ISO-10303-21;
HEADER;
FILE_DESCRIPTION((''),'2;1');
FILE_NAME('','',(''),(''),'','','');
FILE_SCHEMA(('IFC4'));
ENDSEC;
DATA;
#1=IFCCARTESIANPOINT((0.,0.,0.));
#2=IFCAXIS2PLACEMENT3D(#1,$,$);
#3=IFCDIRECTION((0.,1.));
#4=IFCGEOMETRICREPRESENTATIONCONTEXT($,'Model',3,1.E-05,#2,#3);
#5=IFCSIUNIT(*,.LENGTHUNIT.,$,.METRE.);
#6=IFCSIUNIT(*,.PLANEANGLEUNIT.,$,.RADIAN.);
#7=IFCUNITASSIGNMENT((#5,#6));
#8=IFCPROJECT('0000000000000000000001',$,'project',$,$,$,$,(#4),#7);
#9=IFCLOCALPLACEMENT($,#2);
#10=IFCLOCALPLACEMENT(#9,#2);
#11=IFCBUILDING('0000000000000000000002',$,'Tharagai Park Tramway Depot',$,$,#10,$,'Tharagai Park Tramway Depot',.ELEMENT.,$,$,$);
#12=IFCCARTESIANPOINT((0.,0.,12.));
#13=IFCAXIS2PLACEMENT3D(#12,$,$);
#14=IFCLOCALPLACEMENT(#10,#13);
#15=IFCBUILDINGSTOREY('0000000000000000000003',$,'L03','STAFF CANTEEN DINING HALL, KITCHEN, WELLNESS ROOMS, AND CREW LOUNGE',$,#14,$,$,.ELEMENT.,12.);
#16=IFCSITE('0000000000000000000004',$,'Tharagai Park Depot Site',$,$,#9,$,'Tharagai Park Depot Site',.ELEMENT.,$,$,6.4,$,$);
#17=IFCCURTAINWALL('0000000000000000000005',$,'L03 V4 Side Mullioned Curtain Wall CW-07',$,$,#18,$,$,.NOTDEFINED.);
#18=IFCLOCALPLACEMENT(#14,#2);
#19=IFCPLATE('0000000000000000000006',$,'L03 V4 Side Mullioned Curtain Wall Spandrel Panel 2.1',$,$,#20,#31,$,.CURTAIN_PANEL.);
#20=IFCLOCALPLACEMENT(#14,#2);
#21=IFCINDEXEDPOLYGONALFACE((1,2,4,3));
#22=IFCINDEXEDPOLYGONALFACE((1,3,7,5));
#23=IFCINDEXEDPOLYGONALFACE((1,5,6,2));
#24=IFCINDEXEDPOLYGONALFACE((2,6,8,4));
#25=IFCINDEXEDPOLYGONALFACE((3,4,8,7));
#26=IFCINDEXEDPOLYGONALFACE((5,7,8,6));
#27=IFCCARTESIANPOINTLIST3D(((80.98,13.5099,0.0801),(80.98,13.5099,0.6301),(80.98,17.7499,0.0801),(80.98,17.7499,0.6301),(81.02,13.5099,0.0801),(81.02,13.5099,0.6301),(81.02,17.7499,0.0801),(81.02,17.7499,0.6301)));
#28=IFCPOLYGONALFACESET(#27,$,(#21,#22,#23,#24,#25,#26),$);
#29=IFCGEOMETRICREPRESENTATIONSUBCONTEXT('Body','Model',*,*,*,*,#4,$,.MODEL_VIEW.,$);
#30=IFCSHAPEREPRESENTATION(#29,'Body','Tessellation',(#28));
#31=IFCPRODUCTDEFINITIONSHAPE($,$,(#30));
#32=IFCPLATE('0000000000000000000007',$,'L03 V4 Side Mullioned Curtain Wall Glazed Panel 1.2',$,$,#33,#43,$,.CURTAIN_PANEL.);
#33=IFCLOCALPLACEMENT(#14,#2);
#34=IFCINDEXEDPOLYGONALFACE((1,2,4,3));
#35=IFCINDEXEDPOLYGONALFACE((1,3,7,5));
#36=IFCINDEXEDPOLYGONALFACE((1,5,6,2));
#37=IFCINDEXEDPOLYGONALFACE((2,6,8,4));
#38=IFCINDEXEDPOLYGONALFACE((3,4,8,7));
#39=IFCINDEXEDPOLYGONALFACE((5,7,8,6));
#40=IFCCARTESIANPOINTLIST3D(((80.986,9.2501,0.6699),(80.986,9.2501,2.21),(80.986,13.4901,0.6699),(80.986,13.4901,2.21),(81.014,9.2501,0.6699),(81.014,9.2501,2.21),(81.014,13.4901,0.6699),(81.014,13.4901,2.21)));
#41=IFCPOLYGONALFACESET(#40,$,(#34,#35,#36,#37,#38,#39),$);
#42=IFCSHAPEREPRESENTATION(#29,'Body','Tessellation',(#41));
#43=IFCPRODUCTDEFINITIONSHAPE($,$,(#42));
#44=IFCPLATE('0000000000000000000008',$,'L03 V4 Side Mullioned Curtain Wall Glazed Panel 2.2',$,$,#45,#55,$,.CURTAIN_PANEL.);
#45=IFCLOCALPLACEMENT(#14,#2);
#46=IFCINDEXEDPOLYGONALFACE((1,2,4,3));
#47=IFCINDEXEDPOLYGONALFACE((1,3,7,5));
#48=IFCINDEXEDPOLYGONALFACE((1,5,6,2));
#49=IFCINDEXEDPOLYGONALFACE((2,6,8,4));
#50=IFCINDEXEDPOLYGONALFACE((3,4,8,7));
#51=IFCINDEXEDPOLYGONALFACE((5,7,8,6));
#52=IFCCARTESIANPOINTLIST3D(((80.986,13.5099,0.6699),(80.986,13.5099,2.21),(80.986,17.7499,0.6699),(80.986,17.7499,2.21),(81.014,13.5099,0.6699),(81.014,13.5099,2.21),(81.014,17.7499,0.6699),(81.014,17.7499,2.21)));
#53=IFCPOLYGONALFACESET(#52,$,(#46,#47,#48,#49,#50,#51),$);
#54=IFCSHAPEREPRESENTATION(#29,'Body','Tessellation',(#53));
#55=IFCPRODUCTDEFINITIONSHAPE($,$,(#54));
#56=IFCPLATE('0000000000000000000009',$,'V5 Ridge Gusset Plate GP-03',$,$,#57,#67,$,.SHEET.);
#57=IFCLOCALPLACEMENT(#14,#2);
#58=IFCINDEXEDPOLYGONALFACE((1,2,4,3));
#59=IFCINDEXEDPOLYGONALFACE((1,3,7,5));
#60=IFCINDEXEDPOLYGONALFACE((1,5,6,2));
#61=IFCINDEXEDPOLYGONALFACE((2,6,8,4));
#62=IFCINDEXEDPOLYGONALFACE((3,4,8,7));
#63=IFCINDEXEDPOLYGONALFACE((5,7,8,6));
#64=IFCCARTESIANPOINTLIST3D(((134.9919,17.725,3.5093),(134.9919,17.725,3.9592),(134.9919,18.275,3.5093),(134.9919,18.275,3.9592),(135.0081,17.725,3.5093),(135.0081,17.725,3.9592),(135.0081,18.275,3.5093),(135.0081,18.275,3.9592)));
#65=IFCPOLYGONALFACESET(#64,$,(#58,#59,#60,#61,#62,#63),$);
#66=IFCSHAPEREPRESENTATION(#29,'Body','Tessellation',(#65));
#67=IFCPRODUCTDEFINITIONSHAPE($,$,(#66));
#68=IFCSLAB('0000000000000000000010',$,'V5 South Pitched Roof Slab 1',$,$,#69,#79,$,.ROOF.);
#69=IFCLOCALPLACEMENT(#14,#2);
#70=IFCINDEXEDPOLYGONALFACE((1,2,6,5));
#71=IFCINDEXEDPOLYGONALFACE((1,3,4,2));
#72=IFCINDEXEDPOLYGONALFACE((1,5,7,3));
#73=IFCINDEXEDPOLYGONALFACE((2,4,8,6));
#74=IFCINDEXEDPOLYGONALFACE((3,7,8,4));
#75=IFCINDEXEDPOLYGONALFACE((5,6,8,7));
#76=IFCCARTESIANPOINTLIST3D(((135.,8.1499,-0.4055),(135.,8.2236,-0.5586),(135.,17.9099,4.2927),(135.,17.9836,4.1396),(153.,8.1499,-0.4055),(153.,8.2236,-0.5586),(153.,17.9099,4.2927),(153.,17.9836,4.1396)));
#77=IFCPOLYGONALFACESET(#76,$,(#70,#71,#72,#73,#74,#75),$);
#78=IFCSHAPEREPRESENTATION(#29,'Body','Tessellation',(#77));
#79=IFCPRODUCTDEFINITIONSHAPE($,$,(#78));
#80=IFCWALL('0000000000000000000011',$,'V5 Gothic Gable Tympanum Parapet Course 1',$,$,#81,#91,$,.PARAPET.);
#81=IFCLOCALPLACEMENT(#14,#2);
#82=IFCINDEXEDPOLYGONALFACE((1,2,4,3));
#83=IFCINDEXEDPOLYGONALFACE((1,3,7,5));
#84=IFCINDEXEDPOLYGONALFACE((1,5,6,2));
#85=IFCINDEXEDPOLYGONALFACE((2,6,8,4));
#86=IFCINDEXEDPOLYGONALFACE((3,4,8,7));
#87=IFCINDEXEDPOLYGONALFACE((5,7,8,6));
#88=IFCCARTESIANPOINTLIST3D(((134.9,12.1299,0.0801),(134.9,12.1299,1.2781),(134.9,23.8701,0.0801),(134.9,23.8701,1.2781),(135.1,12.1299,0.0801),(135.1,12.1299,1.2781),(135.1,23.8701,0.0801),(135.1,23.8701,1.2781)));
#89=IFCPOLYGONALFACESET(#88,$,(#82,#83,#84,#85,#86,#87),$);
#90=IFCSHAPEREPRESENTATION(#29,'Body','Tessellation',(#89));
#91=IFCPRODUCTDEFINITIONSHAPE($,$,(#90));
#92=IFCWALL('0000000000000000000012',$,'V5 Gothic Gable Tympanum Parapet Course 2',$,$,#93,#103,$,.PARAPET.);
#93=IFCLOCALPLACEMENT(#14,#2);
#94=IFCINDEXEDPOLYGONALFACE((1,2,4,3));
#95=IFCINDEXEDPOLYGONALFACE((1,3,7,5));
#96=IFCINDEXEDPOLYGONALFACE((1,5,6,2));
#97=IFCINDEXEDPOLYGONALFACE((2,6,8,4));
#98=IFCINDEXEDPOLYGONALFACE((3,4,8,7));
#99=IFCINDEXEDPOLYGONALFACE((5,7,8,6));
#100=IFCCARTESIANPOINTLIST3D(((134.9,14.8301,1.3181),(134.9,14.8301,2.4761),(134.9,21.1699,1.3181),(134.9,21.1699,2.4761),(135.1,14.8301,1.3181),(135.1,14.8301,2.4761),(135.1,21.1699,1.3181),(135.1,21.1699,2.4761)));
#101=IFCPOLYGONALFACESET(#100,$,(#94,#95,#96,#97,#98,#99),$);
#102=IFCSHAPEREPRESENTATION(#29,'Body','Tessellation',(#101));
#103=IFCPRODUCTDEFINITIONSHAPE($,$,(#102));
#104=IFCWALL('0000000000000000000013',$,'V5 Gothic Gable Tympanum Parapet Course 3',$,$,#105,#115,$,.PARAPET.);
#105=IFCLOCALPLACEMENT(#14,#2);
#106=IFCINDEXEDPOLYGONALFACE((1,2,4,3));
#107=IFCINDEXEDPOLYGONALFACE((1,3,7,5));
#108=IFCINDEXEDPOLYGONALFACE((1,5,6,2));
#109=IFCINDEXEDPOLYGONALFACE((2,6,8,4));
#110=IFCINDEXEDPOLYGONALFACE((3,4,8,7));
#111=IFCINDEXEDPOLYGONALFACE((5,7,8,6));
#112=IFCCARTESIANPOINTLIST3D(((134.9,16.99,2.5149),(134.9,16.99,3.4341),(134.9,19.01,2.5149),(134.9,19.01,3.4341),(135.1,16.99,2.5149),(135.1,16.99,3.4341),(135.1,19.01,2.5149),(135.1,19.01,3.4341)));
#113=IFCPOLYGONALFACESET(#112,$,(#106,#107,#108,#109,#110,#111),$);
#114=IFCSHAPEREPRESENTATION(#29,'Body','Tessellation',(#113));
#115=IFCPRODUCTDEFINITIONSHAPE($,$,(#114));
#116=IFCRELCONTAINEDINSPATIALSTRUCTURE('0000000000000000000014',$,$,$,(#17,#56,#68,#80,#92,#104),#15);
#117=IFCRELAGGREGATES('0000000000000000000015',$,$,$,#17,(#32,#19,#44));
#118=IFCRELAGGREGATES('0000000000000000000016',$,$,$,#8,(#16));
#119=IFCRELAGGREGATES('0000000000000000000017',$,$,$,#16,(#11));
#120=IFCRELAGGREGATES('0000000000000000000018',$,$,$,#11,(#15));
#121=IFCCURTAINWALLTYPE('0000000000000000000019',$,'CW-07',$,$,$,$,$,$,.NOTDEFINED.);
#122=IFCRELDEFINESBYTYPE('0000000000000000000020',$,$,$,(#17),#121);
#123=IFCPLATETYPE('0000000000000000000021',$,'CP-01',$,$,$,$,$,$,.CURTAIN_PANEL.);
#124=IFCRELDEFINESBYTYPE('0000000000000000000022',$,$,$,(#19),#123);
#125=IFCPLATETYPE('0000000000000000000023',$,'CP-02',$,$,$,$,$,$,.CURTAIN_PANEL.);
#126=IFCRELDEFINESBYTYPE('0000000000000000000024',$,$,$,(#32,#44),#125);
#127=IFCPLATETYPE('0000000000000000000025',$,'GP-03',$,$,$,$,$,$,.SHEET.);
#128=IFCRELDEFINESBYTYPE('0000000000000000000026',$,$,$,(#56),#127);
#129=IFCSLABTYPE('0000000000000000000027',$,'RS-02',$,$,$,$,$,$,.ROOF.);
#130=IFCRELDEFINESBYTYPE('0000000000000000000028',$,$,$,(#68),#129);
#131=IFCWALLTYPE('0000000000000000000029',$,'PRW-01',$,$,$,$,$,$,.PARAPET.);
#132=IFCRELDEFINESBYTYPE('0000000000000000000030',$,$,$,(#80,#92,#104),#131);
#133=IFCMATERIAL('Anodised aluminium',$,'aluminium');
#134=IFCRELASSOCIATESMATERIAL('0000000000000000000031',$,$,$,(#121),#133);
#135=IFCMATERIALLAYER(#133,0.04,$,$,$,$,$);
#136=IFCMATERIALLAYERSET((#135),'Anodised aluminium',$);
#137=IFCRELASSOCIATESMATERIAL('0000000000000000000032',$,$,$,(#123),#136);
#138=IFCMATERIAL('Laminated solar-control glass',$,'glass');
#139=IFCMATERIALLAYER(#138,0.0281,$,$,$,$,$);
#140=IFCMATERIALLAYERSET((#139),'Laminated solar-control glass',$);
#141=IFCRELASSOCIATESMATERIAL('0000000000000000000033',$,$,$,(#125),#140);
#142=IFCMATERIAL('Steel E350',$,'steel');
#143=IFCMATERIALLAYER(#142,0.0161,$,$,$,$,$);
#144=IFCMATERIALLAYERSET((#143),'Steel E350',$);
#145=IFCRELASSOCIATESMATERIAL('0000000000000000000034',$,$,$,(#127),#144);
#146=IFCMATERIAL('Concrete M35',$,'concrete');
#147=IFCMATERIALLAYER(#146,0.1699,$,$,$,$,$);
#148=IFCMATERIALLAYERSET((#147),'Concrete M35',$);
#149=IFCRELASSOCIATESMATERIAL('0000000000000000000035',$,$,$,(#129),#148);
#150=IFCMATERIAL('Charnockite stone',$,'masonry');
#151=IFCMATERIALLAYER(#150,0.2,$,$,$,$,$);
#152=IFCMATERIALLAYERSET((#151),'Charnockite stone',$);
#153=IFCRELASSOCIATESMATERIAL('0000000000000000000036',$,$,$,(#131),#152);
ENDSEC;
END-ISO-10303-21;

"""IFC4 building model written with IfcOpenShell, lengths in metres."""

from ifc_helpers import new_model, si_unit, direction, frame, frame_2d, origin, origin_2d, place, context, subcontext, project, spatial, polyline, rectangle, outline, extrude, material, layer, layer_set, type_object, element, aggregate, save


model = new_model("IFC4")

# Units and contexts
model_context = context("Model", 3, precision=1e-05, world=origin(), true_north=direction((0.0, 1.0)))
body_context = subcontext(model_context, "Body", "Model", "MODEL_VIEW")
ifc_project = project(units=[si_unit("LENGTHUNIT", "METRE"), si_unit("PLANEANGLEUNIT", "RADIAN")], contexts=[model_context])

# Site, building, storey
site_placement = place(None, origin())
site = spatial("IfcSite", under=ifc_project, at=site_placement, Name="Tharagai Park Depot Site", LongName="Tharagai Park Depot Site", CompositionType="ELEMENT", RefElevation=6.4)
building_placement = place(site_placement, origin())
building = spatial("IfcBuilding", under=site, at=building_placement, Name="Tharagai Park Tramway Depot", LongName="Tharagai Park Tramway Depot", CompositionType="ELEMENT")
storey_placement = place(building_placement, frame((0.0, 0.0, 12.0)))
storey = spatial("IfcBuildingStorey", under=building, at=storey_placement, Name="L03", Description="STAFF CANTEEN DINING HALL, KITCHEN, WELLNESS ROOMS, AND CREW LOUNGE", CompositionType="ELEMENT", Elevation=12.0)

# Shared definitions
ifc_material_1 = material(Name="Concrete M35", Category="concrete")
ifc_material_2 = material(Name="Steel E350", Category="steel")

# Curtain wall
ifc_material_3 = material(Name="Anodised aluminium", Category="aluminium")
curtain_wall_type = type_object("IfcCurtainWallType", Name="CW-07", PredefinedType="NOTDEFINED", material=ifc_material_3)
curtain_wall_placement = place(storey_placement, origin())
curtain_wall = element("IfcCurtainWall", 1, at=curtain_wall_placement, inside=storey, type_object=curtain_wall_type, Name="L03 V4 Side Mullioned Curtain Wall CW-07", PredefinedType="NOTDEFINED")

# Plates
ifc_layer_1 = layer(ifc_material_3, 0.04)
ifc_layer_set_1 = layer_set([ifc_layer_1], Name="Anodised aluminium")
plate_type_1 = type_object("IfcPlateType", Name="CP-01", PredefinedType="CURTAIN_PANEL", material=ifc_layer_set_1)
plate_1_placement = place(storey_placement, frame((81.0, 15.6299, 0.0801), z_axis=(0.0, 0.0, 1.0), x_axis=(0.0, 1.0, 0.0)))
plate_1 = element("IfcPlate", 2, at=plate_1_placement, type_object=plate_type_1, Name="L03 V4 Side Mullioned Curtain Wall Spandrel Panel 2.1", PredefinedType="CURTAIN_PANEL", context=body_context, shape_type="SweptSolid", body=[
    extrude(rectangle(XDim=4.24, YDim=0.04, at=origin_2d()), origin(), (0.0, 0.0, 1.0), 0.55),
])
ifc_material_4 = material(Name="Laminated solar-control glass", Category="glass")
ifc_layer_2 = layer(ifc_material_4, 0.0281)
ifc_layer_set_2 = layer_set([ifc_layer_2], Name="Laminated solar-control glass")
plate_type_2 = type_object("IfcPlateType", Name="CP-02", PredefinedType="CURTAIN_PANEL", material=ifc_layer_set_2)
plate_2_placement = place(storey_placement, frame((81.0, 11.3701, 0.6699), z_axis=(0.0, 0.0, 1.0), x_axis=(0.0, 1.0, 0.0)))
plate_2 = element("IfcPlate", 3, at=plate_2_placement, type_object=plate_type_2, Name="L03 V4 Side Mullioned Curtain Wall Glazed Panel 1.2", PredefinedType="CURTAIN_PANEL", context=body_context, shape_type="SweptSolid", body=[
    extrude(rectangle(XDim=4.24, YDim=0.0281, at=origin_2d()), origin(), (0.0, 0.0, 1.0), 1.54),
])
plate_3_placement = place(storey_placement, frame((81.0, 15.6299, 0.6699), z_axis=(0.0, 0.0, 1.0), x_axis=(0.0, 1.0, 0.0)))
plate_3 = element("IfcPlate", 4, at=plate_3_placement, type_object=plate_type_2, Name="L03 V4 Side Mullioned Curtain Wall Glazed Panel 2.2", PredefinedType="CURTAIN_PANEL", context=body_context, shape_type="SweptSolid", body=[
    extrude(rectangle(XDim=4.24, YDim=0.0281, at=origin_2d()), origin(), (0.0, 0.0, 1.0), 1.54),
])
aggregate(curtain_wall, [plate_2, plate_1, plate_3])
ifc_layer_3 = layer(ifc_material_2, 0.0161)
ifc_layer_set_3 = layer_set([ifc_layer_3], Name="Steel E350")
plate_type_3 = type_object("IfcPlateType", Name="GP-03", PredefinedType="SHEET", material=ifc_layer_set_3)
plate_4_placement = place(storey_placement, frame((135.0, 18.0, 3.5093), z_axis=(0.0, 0.0, 1.0), x_axis=(1.0, 0.0, 0.0)))
element("IfcPlate", 5, at=plate_4_placement, inside=storey, type_object=plate_type_3, Name="V5 Ridge Gusset Plate GP-03", PredefinedType="SHEET", context=body_context, shape_type="SweptSolid", body=[
    extrude(rectangle(XDim=0.0161, YDim=0.55, at=origin_2d()), origin(), (0.0, 0.0, 1.0), 0.45),
])

# Slab
ifc_layer_4 = layer(ifc_material_1, 0.1699)
ifc_layer_set_4 = layer_set([ifc_layer_4], Name="Concrete M35")
slab_type = type_object("IfcSlabType", Name="RS-02", PredefinedType="ROOF", material=ifc_layer_set_4)
slab_placement = place(storey_placement, frame((135.0, 8.1499, -0.4055), z_axis=(0.0, -0.433739, 0.901039), x_axis=(1.0, 0.0, 0.0)))
element("IfcSlab", 6, at=slab_placement, inside=storey, type_object=slab_type, Name="V5 South Pitched Roof Slab 1", PredefinedType="ROOF", context=body_context, shape_type="SweptSolid", body=[
    extrude(outline(polyline([(0.0, 0.0), (18.0, 0.0), (18.0, 10.832), (0.0, 10.832), (0.0, 0.0)])), origin(), (0.0, 0.0, -1.0), 0.1699),
])

# Walls
ifc_material_5 = material(Name="Charnockite stone", Category="masonry")
ifc_layer_5 = layer(ifc_material_5, 0.2)
ifc_layer_set_5 = layer_set([ifc_layer_5], Name="Charnockite stone")
wall_type = type_object("IfcWallType", Name="PRW-01", PredefinedType="PARAPET", material=ifc_layer_set_5)
wall_1_placement = place(storey_placement, frame((135.0, 12.1299, 0.0801), z_axis=(0.0, 0.0, 1.0), x_axis=(0.0, 1.0, 0.0)))
element("IfcWall", 7, at=wall_1_placement, inside=storey, type_object=wall_type, Name="V5 Gothic Gable Tympanum Parapet Course 1", PredefinedType="PARAPET", context=body_context, shape_type="SweptSolid", body=[
    extrude(rectangle(XDim=11.7402, YDim=0.2, at=frame_2d((5.8701, 0.0))), origin(), (0.0, 0.0, 1.0), 1.198),
])
wall_2_placement = place(storey_placement, frame((135.0, 14.8301, 1.3181), z_axis=(0.0, 0.0, 1.0), x_axis=(0.0, 1.0, 0.0)))
element("IfcWall", 8, at=wall_2_placement, inside=storey, type_object=wall_type, Name="V5 Gothic Gable Tympanum Parapet Course 2", PredefinedType="PARAPET", context=body_context, shape_type="SweptSolid", body=[
    extrude(rectangle(XDim=6.3398, YDim=0.2, at=frame_2d((3.1699, 0.0))), origin(), (0.0, 0.0, 1.0), 1.158),
])
wall_3_placement = place(storey_placement, frame((135.0, 16.99, 2.5149), z_axis=(0.0, 0.0, 1.0), x_axis=(0.0, 1.0, 0.0)))
element("IfcWall", 9, at=wall_3_placement, inside=storey, type_object=wall_type, Name="V5 Gothic Gable Tympanum Parapet Course 3", PredefinedType="PARAPET", context=body_context, shape_type="SweptSolid", body=[
    extrude(rectangle(XDim=2.02, YDim=0.2, at=frame_2d((1.01, 0.0))), origin(), (0.0, 0.0, 1.0), 0.9192),
])

save(model, "model.ifc")
